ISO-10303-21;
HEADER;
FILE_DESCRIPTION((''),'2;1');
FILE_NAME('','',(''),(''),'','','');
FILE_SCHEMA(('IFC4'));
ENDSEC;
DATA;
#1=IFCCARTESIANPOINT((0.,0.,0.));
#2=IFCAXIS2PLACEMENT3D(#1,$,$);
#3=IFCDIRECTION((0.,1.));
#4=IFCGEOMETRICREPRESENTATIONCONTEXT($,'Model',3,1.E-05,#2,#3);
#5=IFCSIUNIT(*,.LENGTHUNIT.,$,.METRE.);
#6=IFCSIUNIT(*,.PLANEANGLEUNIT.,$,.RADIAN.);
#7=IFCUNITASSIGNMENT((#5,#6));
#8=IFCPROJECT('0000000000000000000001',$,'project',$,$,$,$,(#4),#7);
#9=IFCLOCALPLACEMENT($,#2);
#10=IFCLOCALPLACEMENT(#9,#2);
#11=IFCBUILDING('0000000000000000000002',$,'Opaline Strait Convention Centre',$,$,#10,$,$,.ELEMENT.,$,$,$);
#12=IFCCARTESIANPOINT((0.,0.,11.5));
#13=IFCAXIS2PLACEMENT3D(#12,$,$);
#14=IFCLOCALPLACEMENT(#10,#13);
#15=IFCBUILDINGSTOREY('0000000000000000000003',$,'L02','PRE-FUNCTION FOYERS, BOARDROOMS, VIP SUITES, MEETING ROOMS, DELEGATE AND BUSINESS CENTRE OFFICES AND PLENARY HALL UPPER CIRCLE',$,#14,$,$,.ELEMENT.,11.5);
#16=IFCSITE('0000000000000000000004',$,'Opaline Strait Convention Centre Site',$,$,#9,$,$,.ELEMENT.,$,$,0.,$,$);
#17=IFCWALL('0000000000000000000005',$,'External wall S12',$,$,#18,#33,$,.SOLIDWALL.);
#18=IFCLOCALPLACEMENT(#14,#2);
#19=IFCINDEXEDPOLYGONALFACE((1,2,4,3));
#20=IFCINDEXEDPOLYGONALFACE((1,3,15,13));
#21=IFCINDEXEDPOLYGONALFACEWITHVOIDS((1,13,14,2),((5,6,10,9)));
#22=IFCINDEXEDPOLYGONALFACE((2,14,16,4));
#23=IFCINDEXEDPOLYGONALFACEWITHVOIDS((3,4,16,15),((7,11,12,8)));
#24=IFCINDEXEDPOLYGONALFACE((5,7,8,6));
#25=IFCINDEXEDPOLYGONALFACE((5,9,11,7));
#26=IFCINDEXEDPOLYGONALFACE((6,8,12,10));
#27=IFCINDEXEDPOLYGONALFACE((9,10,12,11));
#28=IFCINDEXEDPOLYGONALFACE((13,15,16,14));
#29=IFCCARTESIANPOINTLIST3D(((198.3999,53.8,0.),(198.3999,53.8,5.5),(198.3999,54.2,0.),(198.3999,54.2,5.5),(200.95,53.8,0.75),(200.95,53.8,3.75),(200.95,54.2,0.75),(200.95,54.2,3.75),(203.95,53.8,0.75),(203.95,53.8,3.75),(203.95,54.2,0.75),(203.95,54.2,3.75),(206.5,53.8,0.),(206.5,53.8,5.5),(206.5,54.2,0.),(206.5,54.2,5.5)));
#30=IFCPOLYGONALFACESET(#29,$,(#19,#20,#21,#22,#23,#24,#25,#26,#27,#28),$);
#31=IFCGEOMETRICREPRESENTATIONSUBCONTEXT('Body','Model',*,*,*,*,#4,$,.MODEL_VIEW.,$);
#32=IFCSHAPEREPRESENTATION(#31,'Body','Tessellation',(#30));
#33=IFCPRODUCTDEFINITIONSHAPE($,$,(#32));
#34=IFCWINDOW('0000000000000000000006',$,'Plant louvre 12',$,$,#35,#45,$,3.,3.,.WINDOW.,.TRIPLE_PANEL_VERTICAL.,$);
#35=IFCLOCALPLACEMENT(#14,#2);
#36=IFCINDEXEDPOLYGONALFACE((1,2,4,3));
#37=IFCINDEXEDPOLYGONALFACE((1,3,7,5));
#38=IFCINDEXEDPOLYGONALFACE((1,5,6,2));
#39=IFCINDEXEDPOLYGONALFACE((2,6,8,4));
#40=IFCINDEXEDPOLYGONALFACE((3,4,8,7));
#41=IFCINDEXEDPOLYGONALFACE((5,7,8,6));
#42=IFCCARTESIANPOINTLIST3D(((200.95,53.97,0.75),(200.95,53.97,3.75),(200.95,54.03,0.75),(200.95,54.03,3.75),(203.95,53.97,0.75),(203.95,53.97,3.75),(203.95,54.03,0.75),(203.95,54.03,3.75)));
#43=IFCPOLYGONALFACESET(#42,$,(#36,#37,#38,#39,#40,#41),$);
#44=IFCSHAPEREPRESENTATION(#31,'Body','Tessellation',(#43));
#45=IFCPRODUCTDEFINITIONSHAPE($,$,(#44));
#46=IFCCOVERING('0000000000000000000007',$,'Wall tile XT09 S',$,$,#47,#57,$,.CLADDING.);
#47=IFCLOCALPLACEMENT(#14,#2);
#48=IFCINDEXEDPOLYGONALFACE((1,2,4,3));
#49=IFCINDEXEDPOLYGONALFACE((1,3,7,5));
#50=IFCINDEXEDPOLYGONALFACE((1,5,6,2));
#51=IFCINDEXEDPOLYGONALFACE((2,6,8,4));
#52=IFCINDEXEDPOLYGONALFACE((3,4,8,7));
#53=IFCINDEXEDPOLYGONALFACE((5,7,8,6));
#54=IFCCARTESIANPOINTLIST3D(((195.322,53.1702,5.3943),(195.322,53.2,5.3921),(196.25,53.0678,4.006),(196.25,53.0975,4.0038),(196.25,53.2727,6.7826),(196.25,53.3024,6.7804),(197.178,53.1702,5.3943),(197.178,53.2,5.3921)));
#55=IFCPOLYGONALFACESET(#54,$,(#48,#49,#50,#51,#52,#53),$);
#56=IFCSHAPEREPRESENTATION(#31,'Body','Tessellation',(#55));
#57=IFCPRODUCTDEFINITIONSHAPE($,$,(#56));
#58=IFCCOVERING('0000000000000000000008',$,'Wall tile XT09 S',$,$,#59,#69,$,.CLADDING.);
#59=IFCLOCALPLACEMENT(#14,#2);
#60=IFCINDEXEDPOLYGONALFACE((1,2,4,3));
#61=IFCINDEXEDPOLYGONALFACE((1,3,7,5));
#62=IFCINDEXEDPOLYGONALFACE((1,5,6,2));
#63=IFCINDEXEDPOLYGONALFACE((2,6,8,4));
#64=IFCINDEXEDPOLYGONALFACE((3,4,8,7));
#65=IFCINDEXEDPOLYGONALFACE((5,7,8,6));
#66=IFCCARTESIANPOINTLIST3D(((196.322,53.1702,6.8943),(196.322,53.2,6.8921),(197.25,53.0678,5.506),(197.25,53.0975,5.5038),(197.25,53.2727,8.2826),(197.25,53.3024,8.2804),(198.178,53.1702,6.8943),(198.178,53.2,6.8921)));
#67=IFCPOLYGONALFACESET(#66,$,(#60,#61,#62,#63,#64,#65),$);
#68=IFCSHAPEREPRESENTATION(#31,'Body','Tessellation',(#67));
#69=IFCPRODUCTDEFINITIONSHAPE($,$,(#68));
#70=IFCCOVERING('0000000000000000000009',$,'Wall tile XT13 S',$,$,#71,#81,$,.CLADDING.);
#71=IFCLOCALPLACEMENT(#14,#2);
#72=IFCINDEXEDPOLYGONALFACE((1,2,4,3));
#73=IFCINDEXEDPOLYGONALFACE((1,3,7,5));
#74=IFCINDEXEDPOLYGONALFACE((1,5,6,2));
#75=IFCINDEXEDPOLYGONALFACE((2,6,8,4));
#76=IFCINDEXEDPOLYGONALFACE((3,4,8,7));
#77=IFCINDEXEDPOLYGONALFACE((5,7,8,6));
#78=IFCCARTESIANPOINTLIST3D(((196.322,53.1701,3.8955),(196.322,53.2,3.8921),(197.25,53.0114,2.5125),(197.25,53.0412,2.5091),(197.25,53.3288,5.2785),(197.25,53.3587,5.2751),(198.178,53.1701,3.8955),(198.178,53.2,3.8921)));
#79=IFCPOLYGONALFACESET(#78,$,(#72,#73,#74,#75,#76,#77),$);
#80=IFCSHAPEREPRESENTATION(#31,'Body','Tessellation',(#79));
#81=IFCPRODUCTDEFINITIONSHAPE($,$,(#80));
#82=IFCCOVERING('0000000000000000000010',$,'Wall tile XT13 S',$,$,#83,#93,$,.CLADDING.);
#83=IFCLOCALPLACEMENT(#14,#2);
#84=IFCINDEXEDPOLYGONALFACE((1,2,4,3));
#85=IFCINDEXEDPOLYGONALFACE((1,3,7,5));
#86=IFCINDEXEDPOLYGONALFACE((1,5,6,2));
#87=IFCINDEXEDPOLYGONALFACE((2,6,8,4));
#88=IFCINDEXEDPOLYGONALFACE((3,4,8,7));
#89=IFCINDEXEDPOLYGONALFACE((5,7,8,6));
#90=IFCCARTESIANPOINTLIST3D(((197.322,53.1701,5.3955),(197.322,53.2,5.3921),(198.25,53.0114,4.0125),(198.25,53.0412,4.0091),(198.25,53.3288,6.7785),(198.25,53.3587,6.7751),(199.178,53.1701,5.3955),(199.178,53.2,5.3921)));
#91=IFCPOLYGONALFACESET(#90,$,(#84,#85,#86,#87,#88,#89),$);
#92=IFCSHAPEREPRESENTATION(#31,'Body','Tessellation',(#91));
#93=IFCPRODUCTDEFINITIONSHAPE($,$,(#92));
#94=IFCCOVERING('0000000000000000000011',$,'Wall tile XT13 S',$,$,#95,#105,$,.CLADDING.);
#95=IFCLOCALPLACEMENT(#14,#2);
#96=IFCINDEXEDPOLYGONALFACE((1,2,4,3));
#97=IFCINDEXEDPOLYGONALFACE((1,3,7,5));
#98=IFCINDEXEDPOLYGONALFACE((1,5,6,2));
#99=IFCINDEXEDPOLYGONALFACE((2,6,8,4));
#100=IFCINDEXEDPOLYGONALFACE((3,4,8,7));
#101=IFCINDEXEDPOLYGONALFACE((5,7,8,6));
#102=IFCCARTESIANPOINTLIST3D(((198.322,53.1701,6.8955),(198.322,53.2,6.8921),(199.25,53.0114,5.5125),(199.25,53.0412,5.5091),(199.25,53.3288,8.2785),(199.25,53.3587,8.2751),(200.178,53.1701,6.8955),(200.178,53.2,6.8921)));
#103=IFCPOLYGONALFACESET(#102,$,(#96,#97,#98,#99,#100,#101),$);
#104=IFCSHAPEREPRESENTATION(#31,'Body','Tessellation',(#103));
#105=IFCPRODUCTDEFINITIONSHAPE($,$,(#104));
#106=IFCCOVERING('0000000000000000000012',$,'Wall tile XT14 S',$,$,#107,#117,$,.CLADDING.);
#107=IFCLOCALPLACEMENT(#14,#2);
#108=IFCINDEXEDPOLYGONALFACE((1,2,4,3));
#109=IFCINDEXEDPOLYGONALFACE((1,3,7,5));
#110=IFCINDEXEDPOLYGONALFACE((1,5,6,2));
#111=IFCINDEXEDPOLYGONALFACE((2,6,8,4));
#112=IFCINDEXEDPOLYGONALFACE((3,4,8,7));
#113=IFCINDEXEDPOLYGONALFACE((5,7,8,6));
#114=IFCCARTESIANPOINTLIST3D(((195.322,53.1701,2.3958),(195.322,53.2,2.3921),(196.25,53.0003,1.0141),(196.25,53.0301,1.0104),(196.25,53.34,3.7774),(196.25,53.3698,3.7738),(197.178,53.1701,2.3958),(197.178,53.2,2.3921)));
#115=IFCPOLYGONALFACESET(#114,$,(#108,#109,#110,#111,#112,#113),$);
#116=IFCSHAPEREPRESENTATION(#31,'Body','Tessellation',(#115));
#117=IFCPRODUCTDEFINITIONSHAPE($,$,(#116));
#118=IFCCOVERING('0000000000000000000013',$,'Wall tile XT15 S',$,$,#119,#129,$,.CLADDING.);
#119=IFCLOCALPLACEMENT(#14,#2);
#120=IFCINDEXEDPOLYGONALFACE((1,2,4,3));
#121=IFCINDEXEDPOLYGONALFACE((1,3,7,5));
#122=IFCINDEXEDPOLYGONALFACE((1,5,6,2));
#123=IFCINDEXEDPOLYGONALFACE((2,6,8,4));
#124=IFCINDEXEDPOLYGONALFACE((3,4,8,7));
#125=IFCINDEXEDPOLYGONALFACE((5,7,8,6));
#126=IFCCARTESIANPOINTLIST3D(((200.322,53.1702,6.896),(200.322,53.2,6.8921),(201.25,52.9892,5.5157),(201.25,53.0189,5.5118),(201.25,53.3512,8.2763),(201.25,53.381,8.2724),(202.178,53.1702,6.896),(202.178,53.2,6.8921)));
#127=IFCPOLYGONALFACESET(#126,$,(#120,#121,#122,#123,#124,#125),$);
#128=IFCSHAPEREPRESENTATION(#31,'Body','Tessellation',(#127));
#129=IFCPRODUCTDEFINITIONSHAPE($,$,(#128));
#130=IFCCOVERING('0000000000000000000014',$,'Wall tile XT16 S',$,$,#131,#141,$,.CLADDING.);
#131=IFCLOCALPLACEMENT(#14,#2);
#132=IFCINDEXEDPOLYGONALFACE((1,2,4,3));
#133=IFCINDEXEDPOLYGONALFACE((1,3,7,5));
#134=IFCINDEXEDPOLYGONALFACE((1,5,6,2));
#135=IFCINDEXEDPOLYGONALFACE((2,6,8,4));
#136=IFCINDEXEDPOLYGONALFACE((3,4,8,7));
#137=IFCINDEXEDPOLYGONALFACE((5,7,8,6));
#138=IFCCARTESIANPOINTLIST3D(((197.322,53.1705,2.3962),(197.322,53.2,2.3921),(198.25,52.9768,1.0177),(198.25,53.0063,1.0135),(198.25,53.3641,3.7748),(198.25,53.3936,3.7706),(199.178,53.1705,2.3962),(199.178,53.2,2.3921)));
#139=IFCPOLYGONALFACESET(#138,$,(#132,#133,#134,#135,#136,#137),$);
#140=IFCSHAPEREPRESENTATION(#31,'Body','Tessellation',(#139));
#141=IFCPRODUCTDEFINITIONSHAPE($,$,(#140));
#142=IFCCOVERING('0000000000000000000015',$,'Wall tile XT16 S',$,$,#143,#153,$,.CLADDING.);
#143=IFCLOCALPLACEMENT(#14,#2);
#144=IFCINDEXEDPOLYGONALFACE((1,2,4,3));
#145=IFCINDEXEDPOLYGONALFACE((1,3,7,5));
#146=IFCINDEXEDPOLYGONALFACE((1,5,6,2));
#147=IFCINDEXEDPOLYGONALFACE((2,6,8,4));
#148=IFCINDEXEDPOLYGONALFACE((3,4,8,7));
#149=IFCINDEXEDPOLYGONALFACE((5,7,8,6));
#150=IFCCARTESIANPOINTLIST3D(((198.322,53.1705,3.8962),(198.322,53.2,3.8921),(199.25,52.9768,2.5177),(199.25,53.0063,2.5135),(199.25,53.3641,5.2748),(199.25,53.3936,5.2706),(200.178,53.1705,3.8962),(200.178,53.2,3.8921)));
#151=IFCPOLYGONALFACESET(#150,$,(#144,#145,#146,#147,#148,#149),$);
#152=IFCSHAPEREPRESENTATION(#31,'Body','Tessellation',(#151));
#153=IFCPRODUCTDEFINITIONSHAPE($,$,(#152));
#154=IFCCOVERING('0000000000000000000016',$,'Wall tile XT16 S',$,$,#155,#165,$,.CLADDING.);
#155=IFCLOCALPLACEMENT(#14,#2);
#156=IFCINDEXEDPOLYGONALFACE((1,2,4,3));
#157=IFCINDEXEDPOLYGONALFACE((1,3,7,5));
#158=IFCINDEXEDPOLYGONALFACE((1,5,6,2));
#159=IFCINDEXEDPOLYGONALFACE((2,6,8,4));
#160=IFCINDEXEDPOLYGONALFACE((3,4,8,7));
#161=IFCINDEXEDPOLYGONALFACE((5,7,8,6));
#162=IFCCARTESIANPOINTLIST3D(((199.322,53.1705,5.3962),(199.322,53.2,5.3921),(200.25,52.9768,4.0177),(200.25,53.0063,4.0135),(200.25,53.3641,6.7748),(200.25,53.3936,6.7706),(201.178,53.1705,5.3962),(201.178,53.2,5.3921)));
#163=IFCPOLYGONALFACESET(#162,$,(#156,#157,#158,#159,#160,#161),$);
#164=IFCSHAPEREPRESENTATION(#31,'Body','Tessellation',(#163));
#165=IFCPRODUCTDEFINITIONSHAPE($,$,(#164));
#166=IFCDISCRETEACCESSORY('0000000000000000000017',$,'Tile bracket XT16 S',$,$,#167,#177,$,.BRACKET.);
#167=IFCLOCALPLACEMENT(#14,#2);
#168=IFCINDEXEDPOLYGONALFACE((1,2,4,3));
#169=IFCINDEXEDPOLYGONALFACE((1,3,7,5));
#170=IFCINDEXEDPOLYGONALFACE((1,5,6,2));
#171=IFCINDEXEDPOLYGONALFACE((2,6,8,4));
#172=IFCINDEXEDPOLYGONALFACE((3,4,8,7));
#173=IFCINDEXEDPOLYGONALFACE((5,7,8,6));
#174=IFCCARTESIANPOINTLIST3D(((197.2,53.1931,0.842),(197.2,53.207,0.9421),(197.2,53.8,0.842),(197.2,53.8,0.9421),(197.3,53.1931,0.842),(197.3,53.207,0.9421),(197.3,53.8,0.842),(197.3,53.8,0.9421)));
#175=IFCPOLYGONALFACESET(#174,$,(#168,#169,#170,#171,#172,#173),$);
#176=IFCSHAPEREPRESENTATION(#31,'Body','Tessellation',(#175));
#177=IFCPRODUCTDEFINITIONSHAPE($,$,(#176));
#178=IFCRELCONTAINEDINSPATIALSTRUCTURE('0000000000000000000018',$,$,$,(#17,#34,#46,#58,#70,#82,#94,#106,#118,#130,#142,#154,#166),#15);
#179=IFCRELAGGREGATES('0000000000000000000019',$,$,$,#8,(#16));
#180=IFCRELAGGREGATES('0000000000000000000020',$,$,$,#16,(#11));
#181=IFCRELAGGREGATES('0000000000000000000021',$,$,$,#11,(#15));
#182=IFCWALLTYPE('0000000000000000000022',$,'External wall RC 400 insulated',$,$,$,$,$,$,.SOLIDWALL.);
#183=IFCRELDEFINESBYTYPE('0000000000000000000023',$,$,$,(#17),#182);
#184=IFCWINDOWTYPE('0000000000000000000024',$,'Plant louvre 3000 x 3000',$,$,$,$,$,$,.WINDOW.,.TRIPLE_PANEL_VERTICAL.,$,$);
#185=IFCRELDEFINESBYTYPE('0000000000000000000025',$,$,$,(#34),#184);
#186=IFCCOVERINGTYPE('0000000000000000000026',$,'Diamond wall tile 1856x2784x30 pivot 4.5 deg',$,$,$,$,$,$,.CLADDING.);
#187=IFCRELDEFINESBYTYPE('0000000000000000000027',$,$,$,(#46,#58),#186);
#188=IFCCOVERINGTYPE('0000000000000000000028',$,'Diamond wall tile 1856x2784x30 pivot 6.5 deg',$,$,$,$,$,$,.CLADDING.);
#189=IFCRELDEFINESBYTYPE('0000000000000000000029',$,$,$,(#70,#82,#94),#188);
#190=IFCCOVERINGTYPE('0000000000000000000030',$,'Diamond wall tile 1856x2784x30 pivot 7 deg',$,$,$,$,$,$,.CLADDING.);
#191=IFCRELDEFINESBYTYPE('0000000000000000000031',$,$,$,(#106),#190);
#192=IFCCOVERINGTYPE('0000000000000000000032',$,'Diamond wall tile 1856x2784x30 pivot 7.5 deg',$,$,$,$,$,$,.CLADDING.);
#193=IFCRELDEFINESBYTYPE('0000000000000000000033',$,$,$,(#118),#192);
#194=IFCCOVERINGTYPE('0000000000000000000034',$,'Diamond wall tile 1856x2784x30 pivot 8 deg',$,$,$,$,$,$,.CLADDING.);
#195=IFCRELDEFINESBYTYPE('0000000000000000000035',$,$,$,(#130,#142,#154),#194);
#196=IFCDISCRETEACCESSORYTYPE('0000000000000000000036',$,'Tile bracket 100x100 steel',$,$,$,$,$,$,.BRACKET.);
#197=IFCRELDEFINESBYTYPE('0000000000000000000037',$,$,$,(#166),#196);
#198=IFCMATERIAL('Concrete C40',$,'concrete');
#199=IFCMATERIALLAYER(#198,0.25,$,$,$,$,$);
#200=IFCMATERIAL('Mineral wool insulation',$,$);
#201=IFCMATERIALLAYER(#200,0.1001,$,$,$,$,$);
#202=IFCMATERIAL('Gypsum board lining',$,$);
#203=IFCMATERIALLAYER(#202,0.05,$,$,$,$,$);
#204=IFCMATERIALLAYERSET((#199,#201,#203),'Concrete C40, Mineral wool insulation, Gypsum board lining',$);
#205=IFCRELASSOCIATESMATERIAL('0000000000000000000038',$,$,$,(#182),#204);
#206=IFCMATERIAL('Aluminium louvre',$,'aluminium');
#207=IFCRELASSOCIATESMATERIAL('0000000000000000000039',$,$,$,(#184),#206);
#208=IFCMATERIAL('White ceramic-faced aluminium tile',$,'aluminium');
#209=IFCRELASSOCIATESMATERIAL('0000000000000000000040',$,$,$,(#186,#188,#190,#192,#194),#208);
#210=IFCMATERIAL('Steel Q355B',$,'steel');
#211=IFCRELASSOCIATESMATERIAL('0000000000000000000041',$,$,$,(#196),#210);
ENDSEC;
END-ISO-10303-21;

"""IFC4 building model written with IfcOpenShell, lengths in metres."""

from ifc_helpers import new_model, si_unit, direction, frame, frame_2d, origin, place, context, subcontext, project, spatial, polyline, rectangle, outline, extrude, material, layer, layer_set, material_profile, profile_set, type_object, element, fill, save


model = new_model("IFC4")

# Units and contexts
model_context = context("Model", 3, precision=1e-05, world=origin(), true_north=direction((0.0, 1.0)))
body_context = subcontext(model_context, "Body", "Model", "MODEL_VIEW")
ifc_project = project(units=[si_unit("LENGTHUNIT", "METRE"), si_unit("PLANEANGLEUNIT", "RADIAN")], contexts=[model_context])

# Site, building, storey
site_placement = place(None, origin())
site = spatial("IfcSite", under=ifc_project, at=site_placement, Name="Opaline Strait Convention Centre Site", CompositionType="ELEMENT", RefElevation=0.0)
building_placement = place(site_placement, origin())
building = spatial("IfcBuilding", under=site, at=building_placement, Name="Opaline Strait Convention Centre", CompositionType="ELEMENT")
storey_placement = place(building_placement, frame((0.0, 0.0, 11.5)))
storey = spatial("IfcBuildingStorey", under=building, at=storey_placement, Name="L02", Description="PRE-FUNCTION FOYERS, BOARDROOMS, VIP SUITES, MEETING ROOMS, DELEGATE AND BUSINESS CENTRE OFFICES AND PLENARY HALL UPPER CIRCLE", CompositionType="ELEMENT", Elevation=11.5)

# Wall, opening, window
ifc_material_1 = material(Name="Concrete C40", Category="concrete")
ifc_layer_1 = layer(ifc_material_1, 0.25)
ifc_material_2 = material(Name="Mineral wool insulation")
ifc_layer_2 = layer(ifc_material_2, 0.1001)
ifc_material_3 = material(Name="Gypsum board lining")
ifc_layer_3 = layer(ifc_material_3, 0.05)
ifc_layer_set = layer_set([ifc_layer_1, ifc_layer_2, ifc_layer_3], Name="Concrete C40, Mineral wool insulation, Gypsum board lining")
wall_type = type_object("IfcWallType", Name="External wall RC 400 insulated", PredefinedType="SOLIDWALL", material=ifc_layer_set)
wall_placement = place(storey_placement, frame((198.3999, 54.0, 0.0), z_axis=(0.0, 0.0, 1.0), x_axis=(1.0, 0.0, 0.0)))
wall = element("IfcWall", 1, at=wall_placement, inside=storey, type_object=wall_type, Name="External wall S12", PredefinedType="SOLIDWALL", context=body_context, shape_type="SweptSolid", body=[
    extrude(rectangle(XDim=8.1001, YDim=0.3999, at=frame_2d((4.05, 0.0))), origin(), (0.0, 0.0, 1.0), 5.5),
])
opening_placement = place(wall_placement, frame((2.55, 0.0, 0.75)))
opening = element("IfcOpeningElement", 2, at=opening_placement, cuts=wall, PredefinedType="OPENING", context=body_context, shape_type="SweptSolid", body=[
    extrude(rectangle(XDim=3.0, YDim=3.0, at=frame_2d((1.5, 1.5))), frame((0.0, 0.21, 0.0), z_axis=(0.0, -1.0, 0.0), x_axis=(1.0, 0.0, 0.0)), (0.0, 0.0, 1.0), 0.4199),
])
ifc_material_4 = material(Name="Aluminium louvre", Category="aluminium")
window_type = type_object("IfcWindowType", Name="Plant louvre 3000 x 3000", PartitioningType="TRIPLE_PANEL_VERTICAL", PredefinedType="WINDOW", material=ifc_material_4)
window_placement = place(opening_placement, origin())
window = element("IfcWindow", 3, at=window_placement, inside=storey, type_object=window_type, Name="Plant louvre 12", OverallHeight=3.0, OverallWidth=3.0, PartitioningType="TRIPLE_PANEL_VERTICAL", PredefinedType="WINDOW", context=body_context, shape_type="SweptSolid", body=[
    extrude(rectangle(XDim=3.0, YDim=3.0, at=frame_2d((1.5, 1.5))), frame((0.0, 0.03, 0.0), z_axis=(0.0, -1.0, 0.0), x_axis=(1.0, 0.0, 0.0)), (0.0, 0.0, 1.0), 0.0601),
])
fill(opening, window)

# Coverings
ifc_material_5 = material(Name="White ceramic-faced aluminium tile", Category="aluminium")
ifc_material_profile_1 = material_profile(ifc_material_5, outline(polyline([(0.928, 0.0), (0.0, 1.3921), (-0.928, 0.0), (0.0, -1.3921), (0.928, 0.0)])), Name="Diamond tile 1856x2784")
ifc_profile_set_1 = profile_set([ifc_material_profile_1], Name="White ceramic-faced aluminium tile")
covering_type_1 = type_object("IfcCoveringType", Name="Diamond wall tile 1856x2784x30 pivot 4.5 deg", PredefinedType="CLADDING", material=ifc_profile_set_1)
for number, where, z_axis, x_axis, name in (
    (4, (196.25, 53.2, 5.3921), (0.0, -0.99729, 0.073571), (1.0, 0.0, 0.0), "Wall tile XT09 S"),
    (5, (197.25, 53.2, 6.8921), (0.0, -0.99729, 0.073571), (1.0, 0.0, 0.0), "Wall tile XT09 S"),
):
    element("IfcCovering", number, at=place(storey_placement, frame(where, z_axis=z_axis, x_axis=x_axis)), inside=storey, type_object=covering_type_1, Name=name, PredefinedType="CLADDING", context=body_context, shape_type="SweptSolid", body=[
        extrude(outline(polyline([(0.928, 0.0), (0.0, 1.3921), (-0.928, 0.0), (0.0, -1.3921), (0.928, 0.0)])), origin(), (0.0, 0.0, 1.0), 0.0298),
    ])
ifc_material_profile_2 = material_profile(ifc_material_5, outline(polyline([(0.928, 0.0), (0.0, 1.3921), (-0.928, 0.0), (0.0, -1.3921), (0.928, 0.0)])), Name="Diamond tile 1856x2784")
ifc_profile_set_2 = profile_set([ifc_material_profile_2], Name="White ceramic-faced aluminium tile")
covering_type_2 = type_object("IfcCoveringType", Name="Diamond wall tile 1856x2784x30 pivot 6.5 deg", PredefinedType="CLADDING", material=ifc_profile_set_2)
for number, where, z_axis, x_axis, name in (
    (6, (197.25, 53.2, 3.8921), (0.0, -0.99348, 0.114006), (1.0, 0.0, 0.0), "Wall tile XT13 S"),
    (7, (198.25, 53.2, 5.3921), (0.0, -0.99348, 0.114006), (1.0, 0.0, 0.0), "Wall tile XT13 S"),
    (8, (199.25, 53.2, 6.8921), (0.0, -0.99348, 0.114006), (1.0, 0.0, 0.0), "Wall tile XT13 S"),
):
    element("IfcCovering", number, at=place(storey_placement, frame(where, z_axis=z_axis, x_axis=x_axis)), inside=storey, type_object=covering_type_2, Name=name, PredefinedType="CLADDING", context=body_context, shape_type="SweptSolid", body=[
        extrude(outline(polyline([(0.928, 0.0), (0.0, 1.3921), (-0.928, 0.0), (0.0, -1.3921), (0.928, 0.0)])), origin(), (0.0, 0.0, 1.0), 0.03),
    ])
ifc_material_profile_3 = material_profile(ifc_material_5, outline(polyline([(0.928, 0.0), (0.0, 1.3921), (-0.928, 0.0), (0.0, -1.3921), (0.928, 0.0)])), Name="Diamond tile 1856x2784")
ifc_profile_set_3 = profile_set([ifc_material_profile_3], Name="White ceramic-faced aluminium tile")
covering_type_3 = type_object("IfcCoveringType", Name="Diamond wall tile 1856x2784x30 pivot 7 deg", PredefinedType="CLADDING", material=ifc_profile_set_3)
covering_1_placement = place(storey_placement, frame((196.25, 53.2, 2.3921), z_axis=(0.0, -0.992526, 0.122032), x_axis=(1.0, 0.0, 0.0)))
element("IfcCovering", 9, at=covering_1_placement, inside=storey, type_object=covering_type_3, Name="Wall tile XT14 S", PredefinedType="CLADDING", context=body_context, shape_type="SweptSolid", body=[
    extrude(outline(polyline([(0.928, 0.0), (0.0, 1.3921), (-0.928, 0.0), (0.0, -1.3921), (0.928, 0.0)])), origin(), (0.0, 0.0, 1.0), 0.03),
])
ifc_material_profile_4 = material_profile(ifc_material_5, outline(polyline([(0.928, 0.0), (0.0, 1.3921), (-0.928, 0.0), (0.0, -1.3921), (0.928, 0.0)])), Name="Diamond tile 1856x2784")
ifc_profile_set_4 = profile_set([ifc_material_profile_4], Name="White ceramic-faced aluminium tile")
covering_type_4 = type_object("IfcCoveringType", Name="Diamond wall tile 1856x2784x30 pivot 7.5 deg", PredefinedType="CLADDING", material=ifc_profile_set_4)
covering_2_placement = place(storey_placement, frame((201.25, 53.2, 6.8921), z_axis=(0.0, -0.99151, 0.130034), x_axis=(1.0, 0.0, 0.0)))
element("IfcCovering", 10, at=covering_2_placement, inside=storey, type_object=covering_type_4, Name="Wall tile XT15 S", PredefinedType="CLADDING", context=body_context, shape_type="SweptSolid", body=[
    extrude(outline(polyline([(0.928, 0.0), (0.0, 1.3921), (-0.928, 0.0), (0.0, -1.3921), (0.928, 0.0)])), origin(), (0.0, 0.0, 1.0), 0.03),
])
ifc_material_profile_5 = material_profile(ifc_material_5, outline(polyline([(0.928, 0.0), (0.0, 1.3921), (-0.928, 0.0), (0.0, -1.3921), (0.928, 0.0)])), Name="Diamond tile 1856x2784")
ifc_profile_set_5 = profile_set([ifc_material_profile_5], Name="White ceramic-faced aluminium tile")
covering_type_5 = type_object("IfcCoveringType", Name="Diamond wall tile 1856x2784x30 pivot 8 deg", PredefinedType="CLADDING", material=ifc_profile_set_5)
for number, where, z_axis, x_axis, name in (
    (11, (198.25, 53.2, 2.3921), (0.0, -0.990274, 0.139129), (1.0, 0.0, 0.0), "Wall tile XT16 S"),
    (12, (199.25, 53.2, 3.8921), (0.0, -0.990274, 0.139129), (1.0, 0.0, 0.0), "Wall tile XT16 S"),
    (13, (200.25, 53.2, 5.3921), (0.0, -0.990274, 0.139129), (1.0, 0.0, 0.0), "Wall tile XT16 S"),
):
    element("IfcCovering", number, at=place(storey_placement, frame(where, z_axis=z_axis, x_axis=x_axis)), inside=storey, type_object=covering_type_5, Name=name, PredefinedType="CLADDING", context=body_context, shape_type="SweptSolid", body=[
        extrude(outline(polyline([(0.928, 0.0), (0.0, 1.3921), (-0.928, 0.0), (0.0, -1.3921), (0.928, 0.0)])), origin(), (0.0, 0.0, 1.0), 0.0298),
    ])

# Discrete accessory
ifc_material_6 = material(Name="Steel Q355B", Category="steel")
discrete_accessory_type = type_object("IfcDiscreteAccessoryType", Name="Tile bracket 100x100 steel", PredefinedType="BRACKET", material=ifc_material_6)
for number, where, z_axis, x_axis, name in (
    (14, (197.2, 53.8, 0.8921), (1.0, 0.0, 0.0), (0.0, 1.0, 0.0), "Tile bracket XT16 S"),
):
    element("IfcDiscreteAccessory", number, at=place(storey_placement, frame(where, z_axis=z_axis, x_axis=x_axis)), inside=storey, type_object=discrete_accessory_type, Name=name, PredefinedType="BRACKET", context=body_context, shape_type="SweptSolid", body=[
        extrude(outline(polyline([(0.0, -0.05), (0.0, 0.05), (-0.593, 0.05), (-0.6069, -0.05), (0.0, -0.05)])), origin(), (0.0, 0.0, 1.0), 0.1001),
    ])

save(model, "model.ifc")
